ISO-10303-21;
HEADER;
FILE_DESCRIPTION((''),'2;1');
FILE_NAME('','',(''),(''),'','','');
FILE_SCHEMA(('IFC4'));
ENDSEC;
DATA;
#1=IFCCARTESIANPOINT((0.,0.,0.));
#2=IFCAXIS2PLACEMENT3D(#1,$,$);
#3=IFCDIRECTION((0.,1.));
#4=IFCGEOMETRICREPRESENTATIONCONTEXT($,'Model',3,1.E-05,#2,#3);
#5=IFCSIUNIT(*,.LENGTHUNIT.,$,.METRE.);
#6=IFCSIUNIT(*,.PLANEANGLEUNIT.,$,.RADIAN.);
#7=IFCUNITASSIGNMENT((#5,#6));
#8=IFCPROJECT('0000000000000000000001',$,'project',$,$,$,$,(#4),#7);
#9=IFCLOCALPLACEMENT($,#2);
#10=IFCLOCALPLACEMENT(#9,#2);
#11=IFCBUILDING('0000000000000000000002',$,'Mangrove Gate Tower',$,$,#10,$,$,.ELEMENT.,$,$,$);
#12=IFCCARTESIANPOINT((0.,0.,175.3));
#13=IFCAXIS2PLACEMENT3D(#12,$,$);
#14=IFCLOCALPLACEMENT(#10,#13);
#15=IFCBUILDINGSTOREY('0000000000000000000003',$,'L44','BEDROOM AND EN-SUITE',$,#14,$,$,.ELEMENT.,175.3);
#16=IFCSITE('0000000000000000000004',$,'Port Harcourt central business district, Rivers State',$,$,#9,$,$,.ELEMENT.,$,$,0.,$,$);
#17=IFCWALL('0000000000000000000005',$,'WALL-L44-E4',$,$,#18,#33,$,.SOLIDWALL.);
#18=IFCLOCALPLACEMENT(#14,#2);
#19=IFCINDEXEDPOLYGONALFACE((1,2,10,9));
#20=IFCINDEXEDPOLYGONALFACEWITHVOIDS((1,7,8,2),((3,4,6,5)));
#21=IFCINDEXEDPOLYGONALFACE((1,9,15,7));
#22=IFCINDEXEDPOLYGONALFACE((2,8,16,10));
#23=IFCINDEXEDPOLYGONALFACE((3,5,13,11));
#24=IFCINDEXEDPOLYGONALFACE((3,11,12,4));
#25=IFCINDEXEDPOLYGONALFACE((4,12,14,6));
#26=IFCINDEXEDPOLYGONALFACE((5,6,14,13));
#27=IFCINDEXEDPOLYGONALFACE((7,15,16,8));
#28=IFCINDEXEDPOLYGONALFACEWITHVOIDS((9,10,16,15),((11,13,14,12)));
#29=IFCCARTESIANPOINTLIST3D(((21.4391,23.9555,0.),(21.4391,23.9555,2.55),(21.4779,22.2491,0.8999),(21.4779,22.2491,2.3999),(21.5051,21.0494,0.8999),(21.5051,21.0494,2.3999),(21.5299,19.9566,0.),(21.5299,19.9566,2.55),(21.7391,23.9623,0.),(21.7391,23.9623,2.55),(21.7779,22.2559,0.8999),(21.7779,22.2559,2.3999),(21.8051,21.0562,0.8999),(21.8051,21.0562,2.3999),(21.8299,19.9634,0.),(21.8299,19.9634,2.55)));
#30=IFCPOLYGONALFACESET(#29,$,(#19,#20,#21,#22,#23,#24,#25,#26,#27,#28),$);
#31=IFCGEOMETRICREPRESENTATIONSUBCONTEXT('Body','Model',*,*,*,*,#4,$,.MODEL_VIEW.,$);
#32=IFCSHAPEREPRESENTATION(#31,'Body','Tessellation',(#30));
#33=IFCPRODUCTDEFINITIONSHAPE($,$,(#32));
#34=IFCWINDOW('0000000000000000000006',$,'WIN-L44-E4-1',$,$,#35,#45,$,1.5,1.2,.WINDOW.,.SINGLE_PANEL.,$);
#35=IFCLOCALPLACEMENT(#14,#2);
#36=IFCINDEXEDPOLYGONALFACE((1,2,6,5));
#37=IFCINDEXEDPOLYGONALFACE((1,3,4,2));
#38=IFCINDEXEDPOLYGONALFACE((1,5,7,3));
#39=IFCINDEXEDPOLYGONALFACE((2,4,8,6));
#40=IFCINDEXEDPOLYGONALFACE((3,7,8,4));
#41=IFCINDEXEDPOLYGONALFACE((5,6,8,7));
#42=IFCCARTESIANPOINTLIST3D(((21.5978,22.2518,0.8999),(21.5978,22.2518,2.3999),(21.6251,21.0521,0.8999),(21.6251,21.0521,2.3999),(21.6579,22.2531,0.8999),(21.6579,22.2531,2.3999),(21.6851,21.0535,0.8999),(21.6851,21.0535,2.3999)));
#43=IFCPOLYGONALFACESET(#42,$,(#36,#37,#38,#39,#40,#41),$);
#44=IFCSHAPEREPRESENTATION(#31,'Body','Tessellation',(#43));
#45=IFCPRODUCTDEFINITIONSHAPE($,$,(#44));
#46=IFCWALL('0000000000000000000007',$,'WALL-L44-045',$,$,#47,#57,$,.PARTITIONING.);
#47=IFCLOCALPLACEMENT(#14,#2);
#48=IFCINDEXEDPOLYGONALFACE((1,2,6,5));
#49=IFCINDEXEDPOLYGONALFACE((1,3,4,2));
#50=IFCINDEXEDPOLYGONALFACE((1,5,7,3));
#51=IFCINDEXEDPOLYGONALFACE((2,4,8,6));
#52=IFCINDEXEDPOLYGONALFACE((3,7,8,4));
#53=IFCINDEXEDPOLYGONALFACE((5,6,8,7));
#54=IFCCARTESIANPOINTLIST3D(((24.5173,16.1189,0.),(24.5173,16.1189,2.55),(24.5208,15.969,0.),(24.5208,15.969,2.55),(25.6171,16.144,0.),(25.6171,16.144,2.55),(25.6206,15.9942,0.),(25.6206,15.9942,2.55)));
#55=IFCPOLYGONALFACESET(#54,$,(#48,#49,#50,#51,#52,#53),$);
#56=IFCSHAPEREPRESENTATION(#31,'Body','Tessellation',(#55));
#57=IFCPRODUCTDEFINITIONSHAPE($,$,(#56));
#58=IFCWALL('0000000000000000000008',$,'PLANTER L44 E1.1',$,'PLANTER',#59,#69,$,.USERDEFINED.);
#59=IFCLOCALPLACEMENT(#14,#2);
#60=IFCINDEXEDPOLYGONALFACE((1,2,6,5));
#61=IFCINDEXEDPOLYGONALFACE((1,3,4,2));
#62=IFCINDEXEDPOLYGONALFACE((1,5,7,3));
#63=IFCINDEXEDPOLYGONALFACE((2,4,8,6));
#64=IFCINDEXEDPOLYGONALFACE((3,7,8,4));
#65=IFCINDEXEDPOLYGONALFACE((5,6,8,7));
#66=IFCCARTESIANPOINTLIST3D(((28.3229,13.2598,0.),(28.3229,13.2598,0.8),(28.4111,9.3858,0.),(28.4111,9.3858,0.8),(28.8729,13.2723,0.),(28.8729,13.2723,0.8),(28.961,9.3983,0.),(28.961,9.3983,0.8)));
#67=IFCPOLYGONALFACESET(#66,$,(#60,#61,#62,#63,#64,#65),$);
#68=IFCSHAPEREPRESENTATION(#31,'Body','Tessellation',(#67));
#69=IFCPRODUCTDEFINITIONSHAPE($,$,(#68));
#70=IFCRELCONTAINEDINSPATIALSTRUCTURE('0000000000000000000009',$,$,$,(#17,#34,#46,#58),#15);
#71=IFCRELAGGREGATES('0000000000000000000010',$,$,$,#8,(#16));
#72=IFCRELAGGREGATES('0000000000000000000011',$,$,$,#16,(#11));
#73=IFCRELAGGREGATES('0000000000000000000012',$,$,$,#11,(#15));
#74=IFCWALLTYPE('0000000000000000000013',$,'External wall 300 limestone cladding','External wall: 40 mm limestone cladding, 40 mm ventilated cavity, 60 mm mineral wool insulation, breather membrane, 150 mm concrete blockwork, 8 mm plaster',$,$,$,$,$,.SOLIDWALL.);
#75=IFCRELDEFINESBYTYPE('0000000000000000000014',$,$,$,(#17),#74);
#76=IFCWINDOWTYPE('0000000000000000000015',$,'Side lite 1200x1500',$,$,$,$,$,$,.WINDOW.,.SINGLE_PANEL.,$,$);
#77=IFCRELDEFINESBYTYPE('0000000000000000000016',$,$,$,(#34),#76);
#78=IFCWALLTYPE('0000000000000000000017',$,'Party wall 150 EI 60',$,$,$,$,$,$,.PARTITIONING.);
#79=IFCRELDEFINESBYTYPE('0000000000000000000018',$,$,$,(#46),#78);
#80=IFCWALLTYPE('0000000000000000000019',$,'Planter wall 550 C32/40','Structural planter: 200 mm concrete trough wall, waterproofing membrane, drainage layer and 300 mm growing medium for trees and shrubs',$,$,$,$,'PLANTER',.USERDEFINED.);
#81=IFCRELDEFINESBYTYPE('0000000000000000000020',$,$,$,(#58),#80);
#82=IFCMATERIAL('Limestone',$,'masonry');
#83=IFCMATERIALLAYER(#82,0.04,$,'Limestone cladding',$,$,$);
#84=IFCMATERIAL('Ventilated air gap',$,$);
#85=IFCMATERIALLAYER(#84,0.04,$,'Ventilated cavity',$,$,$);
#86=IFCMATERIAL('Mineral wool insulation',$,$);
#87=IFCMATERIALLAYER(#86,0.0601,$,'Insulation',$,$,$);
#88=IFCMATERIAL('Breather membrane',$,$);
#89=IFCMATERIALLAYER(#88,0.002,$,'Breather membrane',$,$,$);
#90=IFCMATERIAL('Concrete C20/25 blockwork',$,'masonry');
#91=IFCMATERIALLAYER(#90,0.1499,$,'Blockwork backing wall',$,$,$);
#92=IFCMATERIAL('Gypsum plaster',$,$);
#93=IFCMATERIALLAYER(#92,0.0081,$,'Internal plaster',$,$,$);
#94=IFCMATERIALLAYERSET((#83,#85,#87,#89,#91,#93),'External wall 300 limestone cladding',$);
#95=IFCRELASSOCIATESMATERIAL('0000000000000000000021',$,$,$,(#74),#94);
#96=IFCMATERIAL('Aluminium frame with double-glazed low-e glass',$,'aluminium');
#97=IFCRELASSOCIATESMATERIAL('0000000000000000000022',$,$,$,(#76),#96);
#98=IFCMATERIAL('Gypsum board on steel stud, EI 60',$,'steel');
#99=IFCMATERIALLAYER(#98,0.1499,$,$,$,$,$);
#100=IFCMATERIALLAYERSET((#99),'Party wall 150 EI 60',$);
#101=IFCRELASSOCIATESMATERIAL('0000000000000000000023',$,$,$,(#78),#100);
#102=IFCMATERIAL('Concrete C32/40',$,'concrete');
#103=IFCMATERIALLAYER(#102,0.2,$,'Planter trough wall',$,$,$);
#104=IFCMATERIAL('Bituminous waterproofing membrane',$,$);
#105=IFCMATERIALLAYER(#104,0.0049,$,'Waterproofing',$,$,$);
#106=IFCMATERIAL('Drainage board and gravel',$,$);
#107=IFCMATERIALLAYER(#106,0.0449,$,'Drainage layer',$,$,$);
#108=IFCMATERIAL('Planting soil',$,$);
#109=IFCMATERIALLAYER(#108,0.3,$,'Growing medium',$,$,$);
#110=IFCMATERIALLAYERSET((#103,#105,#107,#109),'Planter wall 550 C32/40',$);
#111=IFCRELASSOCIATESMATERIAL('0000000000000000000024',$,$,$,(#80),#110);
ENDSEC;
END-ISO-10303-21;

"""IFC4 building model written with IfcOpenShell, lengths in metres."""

from ifc_helpers import new_model, si_unit, direction, frame, frame_2d, origin, place, context, subcontext, project, spatial, rectangle, extrude, material, layer, layer_set, type_object, element, fill, save


model = new_model("IFC4")

# Units and contexts
model_context = context("Model", 3, precision=1e-05, world=origin(), true_north=direction((0.0, 1.0)))
body_context = subcontext(model_context, "Body", "Model", "MODEL_VIEW")
ifc_project = project(units=[si_unit("LENGTHUNIT", "METRE"), si_unit("PLANEANGLEUNIT", "RADIAN")], contexts=[model_context])

# Site, building, storey
site_placement = place(None, origin())
site = spatial("IfcSite", under=ifc_project, at=site_placement, Name="Port Harcourt central business district, Rivers State", CompositionType="ELEMENT", RefElevation=0.0)
building_placement = place(site_placement, origin())
building = spatial("IfcBuilding", under=site, at=building_placement, Name="Mangrove Gate Tower", CompositionType="ELEMENT")
storey_placement = place(building_placement, frame((0.0, 0.0, 175.3)))
storey = spatial("IfcBuildingStorey", under=building, at=storey_placement, Name="L44", Description="BEDROOM AND EN-SUITE", CompositionType="ELEMENT", Elevation=175.3)

# Wall, opening, window
ifc_material_1 = material(Name="Limestone", Category="masonry")
ifc_layer_1 = layer(ifc_material_1, 0.04, Name="Limestone cladding")
ifc_material_2 = material(Name="Ventilated air gap")
ifc_layer_2 = layer(ifc_material_2, 0.04, Name="Ventilated cavity")
ifc_material_3 = material(Name="Mineral wool insulation")
ifc_layer_3 = layer(ifc_material_3, 0.0601, Name="Insulation")
ifc_material_4 = material(Name="Breather membrane")
ifc_layer_4 = layer(ifc_material_4, 0.002, Name="Breather membrane")
ifc_material_5 = material(Name="Concrete C20/25 blockwork", Category="masonry")
ifc_layer_5 = layer(ifc_material_5, 0.1499, Name="Blockwork backing wall")
ifc_material_6 = material(Name="Gypsum plaster")
ifc_layer_6 = layer(ifc_material_6, 0.0081, Name="Internal plaster")
ifc_layer_set_1 = layer_set([ifc_layer_1, ifc_layer_2, ifc_layer_3, ifc_layer_4, ifc_layer_5, ifc_layer_6], Name="External wall 300 limestone cladding")
wall_type_1 = type_object("IfcWallType", Name="External wall 300 limestone cladding", Description="External wall: 40 mm limestone cladding, 40 mm ventilated cavity, 60 mm mineral wool insulation, breather membrane, 150 mm concrete blockwork, 8 mm plaster", PredefinedType="SOLIDWALL", material=ifc_layer_set_1)
ifc_material_7 = material(Name="Aluminium frame with double-glazed low-e glass", Category="aluminium")
window_type_1 = type_object("IfcWindowType", Name="Side lite 1200x1500", PartitioningType="SINGLE_PANEL", PredefinedType="WINDOW", material=ifc_material_7)
wall_1_placement = place(storey_placement, frame((21.6799, 19.96, 0.0), z_axis=(0.0, 0.0, 1.0), x_axis=(-0.022705, 0.999742, 0.0)))
wall_1 = element("IfcWall", 1, at=wall_1_placement, inside=storey, type_object=wall_type_1, Name="WALL-L44-E4", PredefinedType="SOLIDWALL", context=body_context, shape_type="SweptSolid", body=[
    extrude(rectangle(XDim=4.0, YDim=0.3, at=frame_2d((2.0, 0.0))), origin(), (0.0, 0.0, 1.0), 2.55),
])
opening_1_placement = place(wall_1_placement, frame((1.093, 0.0, 0.8999)))
opening_1 = element("IfcOpeningElement", 2, at=opening_1_placement, cuts=wall_1, PredefinedType="OPENING", context=body_context, shape_type="SweptSolid", body=[
    extrude(rectangle(XDim=1.2, YDim=1.5, at=frame_2d((0.6001, 0.75))), frame((0.0, 0.1599, 0.0), z_axis=(0.0, -1.0, 0.0), x_axis=(1.0, 0.0, 0.0)), (0.0, 0.0, 1.0), 0.3201),
])
window_1_placement = place(opening_1_placement, origin())
window_1 = element("IfcWindow", 3, at=window_1_placement, inside=storey, type_object=window_type_1, Name="WIN-L44-E4-1", OverallHeight=1.5, OverallWidth=1.2, PartitioningType="SINGLE_PANEL", PredefinedType="WINDOW", context=body_context, shape_type="SweptSolid", body=[
    extrude(rectangle(XDim=1.2, YDim=1.5, at=frame_2d((0.6001, 0.75))), frame((0.0, 0.03, 0.0), z_axis=(0.0, -1.0, 0.0), x_axis=(1.0, 0.0, 0.0)), (0.0, 0.0, 1.0), 0.0601),
])
fill(opening_1, window_1)

# Walls
ifc_material_8 = material(Name="Gypsum board on steel stud, EI 60", Category="steel")
ifc_layer_7 = layer(ifc_material_8, 0.1499)
ifc_layer_set_2 = layer_set([ifc_layer_7], Name="Party wall 150 EI 60")
wall_type_2 = type_object("IfcWallType", Name="Party wall 150 EI 60", PredefinedType="PARTITIONING", material=ifc_layer_set_2)
wall_2_placement = place(storey_placement, frame((24.519, 16.0439, 0.0), z_axis=(0.0, 0.0, 1.0), x_axis=(0.999739, 0.022858, 0.0)))
element("IfcWall", 4, at=wall_2_placement, inside=storey, type_object=wall_type_2, Name="WALL-L44-045", PredefinedType="PARTITIONING", context=body_context, shape_type="SweptSolid", body=[
    extrude(rectangle(XDim=1.1001, YDim=0.1499, at=frame_2d((0.55, 0.0))), origin(), (0.0, 0.0, 1.0), 2.55),
])
ifc_material_9 = material(Name="Concrete C32/40", Category="concrete")
ifc_layer_8 = layer(ifc_material_9, 0.2, Name="Planter trough wall")
ifc_material_10 = material(Name="Bituminous waterproofing membrane")
ifc_layer_9 = layer(ifc_material_10, 0.0049, Name="Waterproofing")
ifc_material_11 = material(Name="Drainage board and gravel")
ifc_layer_10 = layer(ifc_material_11, 0.0449, Name="Drainage layer")
ifc_material_12 = material(Name="Planting soil")
ifc_layer_11 = layer(ifc_material_12, 0.3, Name="Growing medium")
ifc_layer_set_3 = layer_set([ifc_layer_8, ifc_layer_9, ifc_layer_10, ifc_layer_11], Name="Planter wall 550 C32/40")
wall_type_3 = type_object("IfcWallType", Name="Planter wall 550 C32/40", Description="Structural planter: 200 mm concrete trough wall, waterproofing membrane, drainage layer and 300 mm growing medium for trees and shrubs", ElementType="PLANTER", PredefinedType="USERDEFINED", material=ifc_layer_set_3)
wall_3_placement = place(storey_placement, frame((28.686, 9.3921, 0.0), z_axis=(0.0, 0.0, 1.0), x_axis=(-0.022744, 0.999741, 0.0)))
element("IfcWall", 5, at=wall_3_placement, inside=storey, type_object=wall_type_3, Name="PLANTER L44 E1.1", ObjectType="PLANTER", PredefinedType="USERDEFINED", context=body_context, shape_type="SweptSolid", body=[
    extrude(rectangle(XDim=3.875, YDim=0.55, at=frame_2d((1.9375, 0.0))), origin(), (0.0, 0.0, 1.0), 0.8),
])

save(model, "model.ifc")
